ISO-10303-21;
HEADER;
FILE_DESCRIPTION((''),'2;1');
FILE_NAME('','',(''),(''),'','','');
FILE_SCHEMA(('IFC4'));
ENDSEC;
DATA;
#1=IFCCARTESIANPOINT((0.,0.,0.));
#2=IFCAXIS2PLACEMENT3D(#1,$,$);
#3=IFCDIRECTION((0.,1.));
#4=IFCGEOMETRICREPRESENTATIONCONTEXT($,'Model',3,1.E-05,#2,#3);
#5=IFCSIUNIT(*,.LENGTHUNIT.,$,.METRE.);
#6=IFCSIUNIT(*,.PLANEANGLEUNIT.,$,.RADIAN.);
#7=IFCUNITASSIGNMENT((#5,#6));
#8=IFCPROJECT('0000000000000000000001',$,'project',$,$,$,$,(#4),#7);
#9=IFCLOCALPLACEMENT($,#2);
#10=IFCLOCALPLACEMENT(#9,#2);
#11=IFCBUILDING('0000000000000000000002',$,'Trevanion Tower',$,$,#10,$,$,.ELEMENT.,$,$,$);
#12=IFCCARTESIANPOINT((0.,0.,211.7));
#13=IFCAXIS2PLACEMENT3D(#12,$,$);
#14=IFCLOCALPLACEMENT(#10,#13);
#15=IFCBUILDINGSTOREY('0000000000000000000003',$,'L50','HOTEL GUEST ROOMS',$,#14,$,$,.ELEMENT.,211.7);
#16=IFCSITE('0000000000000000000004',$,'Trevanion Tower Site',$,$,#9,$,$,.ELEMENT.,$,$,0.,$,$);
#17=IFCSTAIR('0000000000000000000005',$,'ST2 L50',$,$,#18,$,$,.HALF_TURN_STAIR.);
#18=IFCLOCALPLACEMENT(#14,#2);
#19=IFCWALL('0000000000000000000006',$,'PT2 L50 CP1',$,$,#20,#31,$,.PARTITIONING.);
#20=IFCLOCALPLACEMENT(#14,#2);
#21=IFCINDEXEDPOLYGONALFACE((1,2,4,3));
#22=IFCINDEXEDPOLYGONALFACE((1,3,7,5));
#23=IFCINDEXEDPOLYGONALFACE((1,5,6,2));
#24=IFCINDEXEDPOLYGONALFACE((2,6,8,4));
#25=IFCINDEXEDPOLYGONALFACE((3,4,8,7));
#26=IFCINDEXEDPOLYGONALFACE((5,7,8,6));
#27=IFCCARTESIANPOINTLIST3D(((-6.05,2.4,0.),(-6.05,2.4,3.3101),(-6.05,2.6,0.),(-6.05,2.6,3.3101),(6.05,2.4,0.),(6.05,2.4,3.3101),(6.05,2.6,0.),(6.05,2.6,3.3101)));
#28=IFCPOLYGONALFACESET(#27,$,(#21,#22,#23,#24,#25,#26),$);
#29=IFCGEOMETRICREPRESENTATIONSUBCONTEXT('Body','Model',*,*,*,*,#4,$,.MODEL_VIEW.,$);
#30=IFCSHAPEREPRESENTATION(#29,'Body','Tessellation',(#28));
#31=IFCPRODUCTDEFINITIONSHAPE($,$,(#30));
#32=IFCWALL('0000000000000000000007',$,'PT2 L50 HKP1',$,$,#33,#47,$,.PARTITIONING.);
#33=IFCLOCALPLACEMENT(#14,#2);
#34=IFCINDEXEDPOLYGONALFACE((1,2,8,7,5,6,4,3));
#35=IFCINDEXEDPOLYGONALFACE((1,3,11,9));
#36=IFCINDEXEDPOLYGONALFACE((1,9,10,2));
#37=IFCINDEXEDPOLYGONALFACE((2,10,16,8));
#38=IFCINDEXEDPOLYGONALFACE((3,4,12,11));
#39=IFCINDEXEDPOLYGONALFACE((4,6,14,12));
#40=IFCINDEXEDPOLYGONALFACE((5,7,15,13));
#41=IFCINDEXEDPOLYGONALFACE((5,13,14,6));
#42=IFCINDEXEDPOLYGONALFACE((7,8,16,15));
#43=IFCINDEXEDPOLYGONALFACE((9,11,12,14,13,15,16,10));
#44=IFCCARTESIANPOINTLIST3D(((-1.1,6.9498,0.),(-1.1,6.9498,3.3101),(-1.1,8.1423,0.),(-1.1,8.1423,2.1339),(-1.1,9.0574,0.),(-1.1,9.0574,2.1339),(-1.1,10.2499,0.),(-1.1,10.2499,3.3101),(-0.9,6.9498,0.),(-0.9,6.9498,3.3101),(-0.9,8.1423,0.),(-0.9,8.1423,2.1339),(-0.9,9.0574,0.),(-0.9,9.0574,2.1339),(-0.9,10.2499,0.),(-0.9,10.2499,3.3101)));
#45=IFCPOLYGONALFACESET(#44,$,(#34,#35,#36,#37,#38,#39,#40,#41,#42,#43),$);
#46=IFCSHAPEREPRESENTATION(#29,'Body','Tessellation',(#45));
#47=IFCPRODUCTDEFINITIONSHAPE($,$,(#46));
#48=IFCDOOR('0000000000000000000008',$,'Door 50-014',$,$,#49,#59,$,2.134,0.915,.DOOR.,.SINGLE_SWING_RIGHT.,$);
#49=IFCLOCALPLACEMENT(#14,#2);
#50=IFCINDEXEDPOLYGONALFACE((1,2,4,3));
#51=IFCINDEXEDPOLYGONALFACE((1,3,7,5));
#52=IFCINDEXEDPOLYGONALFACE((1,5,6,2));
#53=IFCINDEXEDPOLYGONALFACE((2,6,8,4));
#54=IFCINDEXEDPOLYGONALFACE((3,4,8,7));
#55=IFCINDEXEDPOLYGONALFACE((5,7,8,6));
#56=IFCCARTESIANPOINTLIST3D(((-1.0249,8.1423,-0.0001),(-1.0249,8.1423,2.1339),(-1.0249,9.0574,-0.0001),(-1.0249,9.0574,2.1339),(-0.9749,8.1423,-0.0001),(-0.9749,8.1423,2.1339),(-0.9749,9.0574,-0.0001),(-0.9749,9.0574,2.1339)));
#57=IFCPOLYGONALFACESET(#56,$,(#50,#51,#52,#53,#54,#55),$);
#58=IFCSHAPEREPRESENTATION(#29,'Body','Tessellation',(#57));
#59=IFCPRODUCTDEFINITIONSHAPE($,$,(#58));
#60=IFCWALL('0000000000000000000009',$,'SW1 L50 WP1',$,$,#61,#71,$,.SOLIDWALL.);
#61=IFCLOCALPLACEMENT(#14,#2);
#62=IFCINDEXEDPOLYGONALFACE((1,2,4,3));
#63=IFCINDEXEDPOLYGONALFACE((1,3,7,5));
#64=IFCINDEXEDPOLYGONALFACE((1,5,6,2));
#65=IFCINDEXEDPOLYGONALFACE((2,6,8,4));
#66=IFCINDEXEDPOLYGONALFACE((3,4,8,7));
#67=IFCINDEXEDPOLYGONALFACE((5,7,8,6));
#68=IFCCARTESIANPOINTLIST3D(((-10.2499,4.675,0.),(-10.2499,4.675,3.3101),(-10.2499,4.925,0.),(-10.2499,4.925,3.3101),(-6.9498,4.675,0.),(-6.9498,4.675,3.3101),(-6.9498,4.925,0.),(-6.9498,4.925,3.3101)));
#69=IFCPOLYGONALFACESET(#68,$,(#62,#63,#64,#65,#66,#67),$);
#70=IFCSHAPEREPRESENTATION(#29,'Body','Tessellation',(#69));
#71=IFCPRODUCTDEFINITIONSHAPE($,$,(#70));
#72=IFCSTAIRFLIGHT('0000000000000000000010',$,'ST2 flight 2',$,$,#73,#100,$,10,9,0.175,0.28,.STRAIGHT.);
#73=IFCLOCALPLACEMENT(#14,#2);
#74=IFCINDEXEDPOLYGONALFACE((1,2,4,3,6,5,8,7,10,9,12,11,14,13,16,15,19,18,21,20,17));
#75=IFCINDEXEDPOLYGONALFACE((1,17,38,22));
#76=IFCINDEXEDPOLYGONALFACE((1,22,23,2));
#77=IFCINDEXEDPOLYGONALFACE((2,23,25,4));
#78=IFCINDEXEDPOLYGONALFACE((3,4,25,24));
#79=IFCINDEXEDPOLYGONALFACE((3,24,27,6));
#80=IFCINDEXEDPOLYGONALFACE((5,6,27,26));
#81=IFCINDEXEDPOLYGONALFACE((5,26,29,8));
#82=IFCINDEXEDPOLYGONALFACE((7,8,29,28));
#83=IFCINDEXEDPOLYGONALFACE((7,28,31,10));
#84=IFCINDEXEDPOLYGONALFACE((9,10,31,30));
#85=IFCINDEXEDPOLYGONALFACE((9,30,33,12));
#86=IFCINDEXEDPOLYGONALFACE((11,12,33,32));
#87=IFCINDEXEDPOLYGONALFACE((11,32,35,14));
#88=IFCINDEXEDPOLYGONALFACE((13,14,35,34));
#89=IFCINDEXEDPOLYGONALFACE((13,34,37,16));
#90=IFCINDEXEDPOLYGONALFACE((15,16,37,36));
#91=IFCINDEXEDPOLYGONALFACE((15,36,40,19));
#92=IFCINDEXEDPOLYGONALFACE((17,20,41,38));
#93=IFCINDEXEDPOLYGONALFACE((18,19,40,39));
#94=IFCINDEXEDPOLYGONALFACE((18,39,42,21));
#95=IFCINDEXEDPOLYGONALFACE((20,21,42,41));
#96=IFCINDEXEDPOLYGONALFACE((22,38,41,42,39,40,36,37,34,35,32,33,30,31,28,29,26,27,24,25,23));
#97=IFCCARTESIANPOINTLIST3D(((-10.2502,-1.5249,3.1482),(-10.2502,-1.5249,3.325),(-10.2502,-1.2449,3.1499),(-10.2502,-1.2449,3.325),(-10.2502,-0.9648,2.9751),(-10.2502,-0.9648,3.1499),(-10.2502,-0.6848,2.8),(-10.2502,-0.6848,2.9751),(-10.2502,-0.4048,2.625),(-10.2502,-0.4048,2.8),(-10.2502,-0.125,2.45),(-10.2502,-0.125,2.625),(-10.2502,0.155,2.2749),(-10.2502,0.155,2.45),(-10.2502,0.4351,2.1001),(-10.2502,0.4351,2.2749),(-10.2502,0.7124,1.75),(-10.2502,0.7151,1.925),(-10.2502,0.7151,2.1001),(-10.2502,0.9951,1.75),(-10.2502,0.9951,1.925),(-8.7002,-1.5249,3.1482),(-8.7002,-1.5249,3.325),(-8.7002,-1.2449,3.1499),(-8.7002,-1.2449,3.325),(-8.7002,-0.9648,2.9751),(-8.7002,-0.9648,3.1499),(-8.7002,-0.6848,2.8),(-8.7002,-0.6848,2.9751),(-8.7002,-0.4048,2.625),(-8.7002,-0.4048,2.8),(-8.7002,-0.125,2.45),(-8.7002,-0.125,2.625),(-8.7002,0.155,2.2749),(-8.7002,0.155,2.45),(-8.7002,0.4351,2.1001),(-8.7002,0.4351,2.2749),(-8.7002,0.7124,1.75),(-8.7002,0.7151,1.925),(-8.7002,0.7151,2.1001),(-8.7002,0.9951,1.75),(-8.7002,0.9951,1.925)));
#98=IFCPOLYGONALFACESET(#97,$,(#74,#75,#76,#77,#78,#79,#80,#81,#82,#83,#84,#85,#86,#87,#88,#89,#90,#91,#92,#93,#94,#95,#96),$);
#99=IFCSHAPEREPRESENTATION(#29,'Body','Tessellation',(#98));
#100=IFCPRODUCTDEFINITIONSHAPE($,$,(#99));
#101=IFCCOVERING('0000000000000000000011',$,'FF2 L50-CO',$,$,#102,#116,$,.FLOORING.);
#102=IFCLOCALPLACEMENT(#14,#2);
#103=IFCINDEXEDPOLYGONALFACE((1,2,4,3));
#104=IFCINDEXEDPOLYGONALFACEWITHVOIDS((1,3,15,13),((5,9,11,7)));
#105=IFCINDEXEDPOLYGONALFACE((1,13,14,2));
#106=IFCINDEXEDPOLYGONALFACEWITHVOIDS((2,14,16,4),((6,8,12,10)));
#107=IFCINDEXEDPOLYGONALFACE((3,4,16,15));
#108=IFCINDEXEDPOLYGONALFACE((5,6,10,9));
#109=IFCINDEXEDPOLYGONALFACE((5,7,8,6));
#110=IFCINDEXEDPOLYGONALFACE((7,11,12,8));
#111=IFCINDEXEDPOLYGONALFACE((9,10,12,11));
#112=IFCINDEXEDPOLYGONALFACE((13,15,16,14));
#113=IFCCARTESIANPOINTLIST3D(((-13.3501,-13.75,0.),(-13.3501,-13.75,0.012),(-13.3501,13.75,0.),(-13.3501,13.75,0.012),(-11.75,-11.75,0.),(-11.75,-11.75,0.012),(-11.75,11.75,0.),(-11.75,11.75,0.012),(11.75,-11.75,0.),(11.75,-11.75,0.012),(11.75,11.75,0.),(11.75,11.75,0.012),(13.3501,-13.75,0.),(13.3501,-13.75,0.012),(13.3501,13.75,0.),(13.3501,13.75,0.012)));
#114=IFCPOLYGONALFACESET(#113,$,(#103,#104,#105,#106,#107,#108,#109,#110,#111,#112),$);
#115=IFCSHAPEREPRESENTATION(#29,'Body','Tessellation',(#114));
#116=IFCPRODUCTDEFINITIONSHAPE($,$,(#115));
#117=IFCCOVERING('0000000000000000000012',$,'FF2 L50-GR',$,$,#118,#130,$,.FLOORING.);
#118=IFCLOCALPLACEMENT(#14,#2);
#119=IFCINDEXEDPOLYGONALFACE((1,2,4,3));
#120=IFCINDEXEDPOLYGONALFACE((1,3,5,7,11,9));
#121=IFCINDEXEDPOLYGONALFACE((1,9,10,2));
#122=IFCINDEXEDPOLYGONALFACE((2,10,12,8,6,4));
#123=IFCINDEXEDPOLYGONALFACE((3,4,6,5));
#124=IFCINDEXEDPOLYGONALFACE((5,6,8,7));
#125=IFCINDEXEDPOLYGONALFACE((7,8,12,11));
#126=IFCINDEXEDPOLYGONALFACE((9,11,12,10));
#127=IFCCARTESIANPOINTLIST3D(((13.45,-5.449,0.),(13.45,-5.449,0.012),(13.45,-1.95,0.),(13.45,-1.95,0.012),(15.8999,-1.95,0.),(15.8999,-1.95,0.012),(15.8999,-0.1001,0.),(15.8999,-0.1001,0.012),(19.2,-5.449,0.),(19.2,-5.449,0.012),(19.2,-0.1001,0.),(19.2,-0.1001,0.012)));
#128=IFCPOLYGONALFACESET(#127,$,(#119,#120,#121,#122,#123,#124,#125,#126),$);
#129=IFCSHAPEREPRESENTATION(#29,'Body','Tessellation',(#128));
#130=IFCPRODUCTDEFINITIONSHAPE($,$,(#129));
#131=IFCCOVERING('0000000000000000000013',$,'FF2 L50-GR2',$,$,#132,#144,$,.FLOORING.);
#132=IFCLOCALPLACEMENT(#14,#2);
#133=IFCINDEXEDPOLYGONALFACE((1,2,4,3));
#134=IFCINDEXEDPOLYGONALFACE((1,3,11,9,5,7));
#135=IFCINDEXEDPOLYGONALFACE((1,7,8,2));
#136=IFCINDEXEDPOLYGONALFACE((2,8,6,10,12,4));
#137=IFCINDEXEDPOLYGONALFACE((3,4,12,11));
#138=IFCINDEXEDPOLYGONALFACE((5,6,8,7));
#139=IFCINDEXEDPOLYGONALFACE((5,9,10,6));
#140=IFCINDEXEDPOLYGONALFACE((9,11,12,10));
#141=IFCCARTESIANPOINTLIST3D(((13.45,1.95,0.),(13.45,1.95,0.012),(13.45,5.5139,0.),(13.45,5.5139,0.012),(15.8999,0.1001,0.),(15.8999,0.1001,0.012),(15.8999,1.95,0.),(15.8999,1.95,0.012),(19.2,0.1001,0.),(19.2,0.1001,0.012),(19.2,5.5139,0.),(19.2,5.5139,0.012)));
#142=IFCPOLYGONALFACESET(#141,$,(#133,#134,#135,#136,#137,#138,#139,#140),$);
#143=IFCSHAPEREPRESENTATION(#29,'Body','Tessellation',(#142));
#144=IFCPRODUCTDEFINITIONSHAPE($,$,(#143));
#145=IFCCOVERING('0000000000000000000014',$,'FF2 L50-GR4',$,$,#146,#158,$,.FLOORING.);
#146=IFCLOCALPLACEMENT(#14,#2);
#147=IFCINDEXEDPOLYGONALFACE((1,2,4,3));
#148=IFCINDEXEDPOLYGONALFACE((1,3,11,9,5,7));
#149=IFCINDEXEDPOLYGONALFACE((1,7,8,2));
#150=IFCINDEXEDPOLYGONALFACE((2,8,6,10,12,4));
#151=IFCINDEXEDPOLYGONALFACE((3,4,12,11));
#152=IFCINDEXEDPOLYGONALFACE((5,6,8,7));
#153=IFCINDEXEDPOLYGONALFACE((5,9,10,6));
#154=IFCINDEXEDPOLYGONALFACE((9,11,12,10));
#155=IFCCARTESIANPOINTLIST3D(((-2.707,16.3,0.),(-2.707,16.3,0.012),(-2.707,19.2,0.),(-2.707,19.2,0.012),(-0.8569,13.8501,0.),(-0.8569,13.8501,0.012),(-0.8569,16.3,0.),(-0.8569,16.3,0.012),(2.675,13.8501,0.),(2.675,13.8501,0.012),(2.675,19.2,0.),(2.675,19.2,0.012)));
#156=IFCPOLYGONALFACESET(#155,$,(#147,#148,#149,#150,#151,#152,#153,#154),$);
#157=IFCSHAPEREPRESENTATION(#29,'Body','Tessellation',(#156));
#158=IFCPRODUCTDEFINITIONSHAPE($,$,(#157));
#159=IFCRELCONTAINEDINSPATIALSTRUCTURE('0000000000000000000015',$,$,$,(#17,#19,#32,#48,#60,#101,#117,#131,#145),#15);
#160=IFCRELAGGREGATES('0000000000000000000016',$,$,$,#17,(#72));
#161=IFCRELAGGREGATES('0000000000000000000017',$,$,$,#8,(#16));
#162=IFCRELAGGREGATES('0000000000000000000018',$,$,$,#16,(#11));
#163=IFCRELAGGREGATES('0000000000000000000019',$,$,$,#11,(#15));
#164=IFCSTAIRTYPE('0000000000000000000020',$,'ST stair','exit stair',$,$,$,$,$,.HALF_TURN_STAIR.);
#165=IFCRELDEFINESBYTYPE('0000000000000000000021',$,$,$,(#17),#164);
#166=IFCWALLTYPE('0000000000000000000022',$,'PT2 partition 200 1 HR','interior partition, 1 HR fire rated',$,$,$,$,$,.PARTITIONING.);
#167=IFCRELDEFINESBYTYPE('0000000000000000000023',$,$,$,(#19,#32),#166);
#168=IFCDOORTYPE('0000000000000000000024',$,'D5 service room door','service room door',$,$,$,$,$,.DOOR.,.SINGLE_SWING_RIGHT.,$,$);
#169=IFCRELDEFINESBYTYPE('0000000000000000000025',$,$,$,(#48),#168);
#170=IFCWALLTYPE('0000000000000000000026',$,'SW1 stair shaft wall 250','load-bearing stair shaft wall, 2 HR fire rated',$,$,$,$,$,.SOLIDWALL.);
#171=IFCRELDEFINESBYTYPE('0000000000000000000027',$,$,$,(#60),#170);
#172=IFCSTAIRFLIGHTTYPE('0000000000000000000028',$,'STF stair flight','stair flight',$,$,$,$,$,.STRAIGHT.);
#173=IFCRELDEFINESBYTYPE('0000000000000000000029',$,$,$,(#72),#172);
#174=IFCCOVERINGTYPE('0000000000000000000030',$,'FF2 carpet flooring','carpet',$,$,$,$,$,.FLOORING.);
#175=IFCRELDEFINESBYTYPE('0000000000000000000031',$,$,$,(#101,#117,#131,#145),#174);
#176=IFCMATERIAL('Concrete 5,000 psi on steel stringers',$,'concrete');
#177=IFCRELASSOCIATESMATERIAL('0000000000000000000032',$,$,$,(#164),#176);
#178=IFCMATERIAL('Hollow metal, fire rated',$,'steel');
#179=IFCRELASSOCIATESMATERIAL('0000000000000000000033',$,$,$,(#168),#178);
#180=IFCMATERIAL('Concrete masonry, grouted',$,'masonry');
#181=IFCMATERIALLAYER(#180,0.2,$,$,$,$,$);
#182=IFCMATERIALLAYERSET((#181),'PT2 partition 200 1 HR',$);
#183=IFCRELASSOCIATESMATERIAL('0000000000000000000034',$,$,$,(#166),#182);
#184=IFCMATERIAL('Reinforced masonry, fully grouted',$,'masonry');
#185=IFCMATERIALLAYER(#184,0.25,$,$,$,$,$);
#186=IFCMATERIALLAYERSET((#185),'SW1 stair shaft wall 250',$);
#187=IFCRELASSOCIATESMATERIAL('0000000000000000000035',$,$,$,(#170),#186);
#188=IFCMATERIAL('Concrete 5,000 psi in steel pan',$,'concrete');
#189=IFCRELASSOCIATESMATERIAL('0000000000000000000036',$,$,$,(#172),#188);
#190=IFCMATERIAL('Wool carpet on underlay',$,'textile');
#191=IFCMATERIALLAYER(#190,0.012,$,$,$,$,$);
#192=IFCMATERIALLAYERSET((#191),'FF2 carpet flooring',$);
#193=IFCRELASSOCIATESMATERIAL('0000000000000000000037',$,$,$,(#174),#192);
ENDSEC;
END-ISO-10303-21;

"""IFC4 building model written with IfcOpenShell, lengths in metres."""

from ifc_helpers import new_model, si_unit, direction, frame, frame_2d, origin, place, context, subcontext, project, spatial, polyline, rectangle, outline, extrude, material, layer, layer_set, type_object, element, fill, aggregate, save


model = new_model("IFC4")

# Units and contexts
model_context = context("Model", 3, precision=1e-05, world=origin(), true_north=direction((0.0, 1.0)))
body_context = subcontext(model_context, "Body", "Model", "MODEL_VIEW")
ifc_project = project(units=[si_unit("LENGTHUNIT", "METRE"), si_unit("PLANEANGLEUNIT", "RADIAN")], contexts=[model_context])

# Site, building, storey
site_placement = place(None, origin())
site = spatial("IfcSite", under=ifc_project, at=site_placement, Name="Trevanion Tower Site", CompositionType="ELEMENT", RefElevation=0.0)
building_placement = place(site_placement, origin())
building = spatial("IfcBuilding", under=site, at=building_placement, Name="Trevanion Tower", CompositionType="ELEMENT")
storey_placement = place(building_placement, frame((0.0, 0.0, 211.7)))
storey = spatial("IfcBuildingStorey", under=building, at=storey_placement, Name="L50", Description="HOTEL GUEST ROOMS", CompositionType="ELEMENT", Elevation=211.7)

# Stair
ifc_material_1 = material(Name="Concrete 5,000 psi on steel stringers", Category="concrete")
stair_type = type_object("IfcStairType", Name="ST stair", Description="exit stair", PredefinedType="HALF_TURN_STAIR", material=ifc_material_1)
stair_1_placement = place(storey_placement, origin())
stair_1 = element("IfcStair", 1, at=stair_1_placement, inside=storey, type_object=stair_type, Name="ST2 L50", PredefinedType="HALF_TURN_STAIR")

# Shared definitions
ifc_material_2 = material(Name="Hollow metal, fire rated", Category="steel")
door_type_1 = type_object("IfcDoorType", Name="D5 service room door", Description="service room door", OperationType="SINGLE_SWING_RIGHT", PredefinedType="DOOR", material=ifc_material_2)

# Wall
ifc_material_3 = material(Name="Concrete masonry, grouted", Category="masonry")
ifc_layer_1 = layer(ifc_material_3, 0.2)
ifc_layer_set_1 = layer_set([ifc_layer_1], Name="PT2 partition 200 1 HR")
wall_type_1 = type_object("IfcWallType", Name="PT2 partition 200 1 HR", Description="interior partition, 1 HR fire rated", PredefinedType="PARTITIONING", material=ifc_layer_set_1)
wall_1_placement = place(storey_placement, frame((-6.05, 2.5, 0.0), z_axis=(0.0, 0.0, 1.0), x_axis=(1.0, 0.0, 0.0)))
element("IfcWall", 2, at=wall_1_placement, inside=storey, type_object=wall_type_1, Name="PT2 L50 CP1", PredefinedType="PARTITIONING", context=body_context, shape_type="SweptSolid", body=[
    extrude(rectangle(XDim=12.1001, YDim=0.2, at=frame_2d((6.05, 0.0))), origin(), (0.0, 0.0, 1.0), 3.3101),
])

# Wall, opening, door
wall_2_placement = place(storey_placement, frame((-1.0, 6.95, 0.0), z_axis=(0.0, 0.0, 1.0), x_axis=(0.0, 1.0, 0.0)))
wall_2 = element("IfcWall", 3, at=wall_2_placement, inside=storey, type_object=wall_type_1, Name="PT2 L50 HKP1", PredefinedType="PARTITIONING", context=body_context, shape_type="SweptSolid", body=[
    extrude(rectangle(XDim=3.3, YDim=0.2, at=frame_2d((1.6499, 0.0))), origin(), (0.0, 0.0, 1.0), 3.3101),
])
opening_1_placement = place(wall_2_placement, frame((1.1924, 0.0, 0.0)))
opening_1 = element("IfcOpeningElement", 4, at=opening_1_placement, cuts=wall_2, PredefinedType="OPENING", context=body_context, shape_type="SweptSolid", body=[
    extrude(rectangle(XDim=0.915, YDim=2.134, at=frame_2d((0.4575, 1.0669))), frame((0.0, 0.1099, 0.0), z_axis=(0.0, -1.0, 0.0), x_axis=(1.0, 0.0, 0.0)), (0.0, 0.0, 1.0), 0.22),
])
door_1_placement = place(opening_1_placement, origin())
door_1 = element("IfcDoor", 5, at=door_1_placement, inside=storey, type_object=door_type_1, Name="Door 50-014", OperationType="SINGLE_SWING_RIGHT", OverallHeight=2.134, OverallWidth=0.915, PredefinedType="DOOR", context=body_context, shape_type="SweptSolid", body=[
    extrude(rectangle(XDim=0.915, YDim=2.134, at=frame_2d((0.4575, 1.0669))), frame((0.0, 0.0249, 0.0), z_axis=(0.0, -1.0, 0.0), x_axis=(1.0, 0.0, 0.0)), (0.0, 0.0, 1.0), 0.05),
])
fill(opening_1, door_1)

# Wall
ifc_material_4 = material(Name="Reinforced masonry, fully grouted", Category="masonry")
ifc_layer_2 = layer(ifc_material_4, 0.25)
ifc_layer_set_2 = layer_set([ifc_layer_2], Name="SW1 stair shaft wall 250")
wall_type_2 = type_object("IfcWallType", Name="SW1 stair shaft wall 250", Description="load-bearing stair shaft wall, 2 HR fire rated", PredefinedType="SOLIDWALL", material=ifc_layer_set_2)
wall_3_placement = place(storey_placement, frame((-6.95, 4.8, 0.0), z_axis=(0.0, 0.0, 1.0), x_axis=(-1.0, 0.0, 0.0)))
element("IfcWall", 6, at=wall_3_placement, inside=storey, type_object=wall_type_2, Name="SW1 L50 WP1", PredefinedType="SOLIDWALL", context=body_context, shape_type="SweptSolid", body=[
    extrude(rectangle(XDim=3.3, YDim=0.25, at=frame_2d((1.6499, 0.0))), origin(), (0.0, 0.0, 1.0), 3.3101),
])

# Stair flight
ifc_material_5 = material(Name="Concrete 5,000 psi in steel pan", Category="concrete")
stair_flight_type = type_object("IfcStairFlightType", Name="STF stair flight", Description="stair flight", PredefinedType="STRAIGHT", material=ifc_material_5)
stair_flight_placement = place(storey_placement, frame((-9.4751, 0.9951, 1.75), z_axis=(0.0, 0.0, 1.0), x_axis=(0.0, -1.0, 0.0)))
stair_flight = element("IfcStairFlight", 7, at=stair_flight_placement, type_object=stair_flight_type, Name="ST2 flight 2", NumberOfRisers=10, NumberOfTreads=9, PredefinedType="STRAIGHT", RiserHeight=0.175, TreadLength=0.28, context=body_context, shape_type="SweptSolid", body=[
    extrude(outline(polyline([(0.0, 0.0), (0.0, 0.175), (0.28, 0.175), (0.28, 0.3501), (0.5601, 0.3501), (0.5601, 0.5249), (0.8401, 0.5249), (0.8401, 0.7), (1.1201, 0.7), (1.1201, 0.875), (1.3999, 0.875), (1.3999, 1.05), (1.6799, 1.05), (1.6799, 1.2251), (1.96, 1.2251), (1.96, 1.3999), (2.24, 1.3999), (2.24, 1.575), (2.52, 1.575), (2.52, 1.75), (2.52, 1.3982), (0.2827, 0.0), (0.0, 0.0)])), frame((0.0, 0.7749, 0.0), z_axis=(0.0, -1.0, 0.0), x_axis=(1.0, 0.0, 0.0)), (0.0, 0.0, 1.0), 1.55),
])
aggregate(stair_1, [stair_flight])

# Coverings
ifc_material_6 = material(Name="Wool carpet on underlay", Category="textile")
ifc_layer_3 = layer(ifc_material_6, 0.012)
ifc_layer_set_3 = layer_set([ifc_layer_3], Name="FF2 carpet flooring")
covering_type = type_object("IfcCoveringType", Name="FF2 carpet flooring", Description="carpet", PredefinedType="FLOORING", material=ifc_layer_set_3)
covering_1_placement = place(storey_placement, origin())
element("IfcCovering", 8, at=covering_1_placement, inside=storey, type_object=covering_type, Name="FF2 L50-CO", PredefinedType="FLOORING", context=body_context, shape_type="SweptSolid", body=[
    extrude(outline(polyline([(-13.3501, -13.75), (-13.3501, 13.75), (13.3501, 13.75), (13.3501, -13.75), (-13.3501, -13.75)]), holes=[polyline([(11.75, 11.75), (-11.75, 11.75), (-11.75, -11.75), (11.75, -11.75), (11.75, 11.75)])]), origin(), (0.0, 0.0, 1.0), 0.012),
])
covering_2_placement = place(storey_placement, origin())
element("IfcCovering", 9, at=covering_2_placement, inside=storey, type_object=covering_type, Name="FF2 L50-GR", PredefinedType="FLOORING", context=body_context, shape_type="SweptSolid", body=[
    extrude(outline(polyline([(13.45, -1.95), (15.8999, -1.95), (15.8999, -0.1001), (19.2, -0.1001), (19.2, -5.449), (13.45, -5.449), (13.45, -1.95)])), origin(), (0.0, 0.0, 1.0), 0.012),
])
covering_3_placement = place(storey_placement, origin())
element("IfcCovering", 10, at=covering_3_placement, inside=storey, type_object=covering_type, Name="FF2 L50-GR2", PredefinedType="FLOORING", context=body_context, shape_type="SweptSolid", body=[
    extrude(outline(polyline([(13.45, 5.5139), (19.2, 5.5139), (19.2, 0.1001), (15.8999, 0.1001), (15.8999, 1.95), (13.45, 1.95), (13.45, 5.5139)])), origin(), (0.0, 0.0, 1.0), 0.012),
])
covering_4_placement = place(storey_placement, origin())
element("IfcCovering", 11, at=covering_4_placement, inside=storey, type_object=covering_type, Name="FF2 L50-GR4", PredefinedType="FLOORING", context=body_context, shape_type="SweptSolid", body=[
    extrude(outline(polyline([(-0.8569, 13.8501), (-0.8569, 16.3), (-2.707, 16.3), (-2.707, 19.2), (2.675, 19.2), (2.675, 13.8501), (-0.8569, 13.8501)])), origin(), (0.0, 0.0, 1.0), 0.012),
])

save(model, "model.ifc")
